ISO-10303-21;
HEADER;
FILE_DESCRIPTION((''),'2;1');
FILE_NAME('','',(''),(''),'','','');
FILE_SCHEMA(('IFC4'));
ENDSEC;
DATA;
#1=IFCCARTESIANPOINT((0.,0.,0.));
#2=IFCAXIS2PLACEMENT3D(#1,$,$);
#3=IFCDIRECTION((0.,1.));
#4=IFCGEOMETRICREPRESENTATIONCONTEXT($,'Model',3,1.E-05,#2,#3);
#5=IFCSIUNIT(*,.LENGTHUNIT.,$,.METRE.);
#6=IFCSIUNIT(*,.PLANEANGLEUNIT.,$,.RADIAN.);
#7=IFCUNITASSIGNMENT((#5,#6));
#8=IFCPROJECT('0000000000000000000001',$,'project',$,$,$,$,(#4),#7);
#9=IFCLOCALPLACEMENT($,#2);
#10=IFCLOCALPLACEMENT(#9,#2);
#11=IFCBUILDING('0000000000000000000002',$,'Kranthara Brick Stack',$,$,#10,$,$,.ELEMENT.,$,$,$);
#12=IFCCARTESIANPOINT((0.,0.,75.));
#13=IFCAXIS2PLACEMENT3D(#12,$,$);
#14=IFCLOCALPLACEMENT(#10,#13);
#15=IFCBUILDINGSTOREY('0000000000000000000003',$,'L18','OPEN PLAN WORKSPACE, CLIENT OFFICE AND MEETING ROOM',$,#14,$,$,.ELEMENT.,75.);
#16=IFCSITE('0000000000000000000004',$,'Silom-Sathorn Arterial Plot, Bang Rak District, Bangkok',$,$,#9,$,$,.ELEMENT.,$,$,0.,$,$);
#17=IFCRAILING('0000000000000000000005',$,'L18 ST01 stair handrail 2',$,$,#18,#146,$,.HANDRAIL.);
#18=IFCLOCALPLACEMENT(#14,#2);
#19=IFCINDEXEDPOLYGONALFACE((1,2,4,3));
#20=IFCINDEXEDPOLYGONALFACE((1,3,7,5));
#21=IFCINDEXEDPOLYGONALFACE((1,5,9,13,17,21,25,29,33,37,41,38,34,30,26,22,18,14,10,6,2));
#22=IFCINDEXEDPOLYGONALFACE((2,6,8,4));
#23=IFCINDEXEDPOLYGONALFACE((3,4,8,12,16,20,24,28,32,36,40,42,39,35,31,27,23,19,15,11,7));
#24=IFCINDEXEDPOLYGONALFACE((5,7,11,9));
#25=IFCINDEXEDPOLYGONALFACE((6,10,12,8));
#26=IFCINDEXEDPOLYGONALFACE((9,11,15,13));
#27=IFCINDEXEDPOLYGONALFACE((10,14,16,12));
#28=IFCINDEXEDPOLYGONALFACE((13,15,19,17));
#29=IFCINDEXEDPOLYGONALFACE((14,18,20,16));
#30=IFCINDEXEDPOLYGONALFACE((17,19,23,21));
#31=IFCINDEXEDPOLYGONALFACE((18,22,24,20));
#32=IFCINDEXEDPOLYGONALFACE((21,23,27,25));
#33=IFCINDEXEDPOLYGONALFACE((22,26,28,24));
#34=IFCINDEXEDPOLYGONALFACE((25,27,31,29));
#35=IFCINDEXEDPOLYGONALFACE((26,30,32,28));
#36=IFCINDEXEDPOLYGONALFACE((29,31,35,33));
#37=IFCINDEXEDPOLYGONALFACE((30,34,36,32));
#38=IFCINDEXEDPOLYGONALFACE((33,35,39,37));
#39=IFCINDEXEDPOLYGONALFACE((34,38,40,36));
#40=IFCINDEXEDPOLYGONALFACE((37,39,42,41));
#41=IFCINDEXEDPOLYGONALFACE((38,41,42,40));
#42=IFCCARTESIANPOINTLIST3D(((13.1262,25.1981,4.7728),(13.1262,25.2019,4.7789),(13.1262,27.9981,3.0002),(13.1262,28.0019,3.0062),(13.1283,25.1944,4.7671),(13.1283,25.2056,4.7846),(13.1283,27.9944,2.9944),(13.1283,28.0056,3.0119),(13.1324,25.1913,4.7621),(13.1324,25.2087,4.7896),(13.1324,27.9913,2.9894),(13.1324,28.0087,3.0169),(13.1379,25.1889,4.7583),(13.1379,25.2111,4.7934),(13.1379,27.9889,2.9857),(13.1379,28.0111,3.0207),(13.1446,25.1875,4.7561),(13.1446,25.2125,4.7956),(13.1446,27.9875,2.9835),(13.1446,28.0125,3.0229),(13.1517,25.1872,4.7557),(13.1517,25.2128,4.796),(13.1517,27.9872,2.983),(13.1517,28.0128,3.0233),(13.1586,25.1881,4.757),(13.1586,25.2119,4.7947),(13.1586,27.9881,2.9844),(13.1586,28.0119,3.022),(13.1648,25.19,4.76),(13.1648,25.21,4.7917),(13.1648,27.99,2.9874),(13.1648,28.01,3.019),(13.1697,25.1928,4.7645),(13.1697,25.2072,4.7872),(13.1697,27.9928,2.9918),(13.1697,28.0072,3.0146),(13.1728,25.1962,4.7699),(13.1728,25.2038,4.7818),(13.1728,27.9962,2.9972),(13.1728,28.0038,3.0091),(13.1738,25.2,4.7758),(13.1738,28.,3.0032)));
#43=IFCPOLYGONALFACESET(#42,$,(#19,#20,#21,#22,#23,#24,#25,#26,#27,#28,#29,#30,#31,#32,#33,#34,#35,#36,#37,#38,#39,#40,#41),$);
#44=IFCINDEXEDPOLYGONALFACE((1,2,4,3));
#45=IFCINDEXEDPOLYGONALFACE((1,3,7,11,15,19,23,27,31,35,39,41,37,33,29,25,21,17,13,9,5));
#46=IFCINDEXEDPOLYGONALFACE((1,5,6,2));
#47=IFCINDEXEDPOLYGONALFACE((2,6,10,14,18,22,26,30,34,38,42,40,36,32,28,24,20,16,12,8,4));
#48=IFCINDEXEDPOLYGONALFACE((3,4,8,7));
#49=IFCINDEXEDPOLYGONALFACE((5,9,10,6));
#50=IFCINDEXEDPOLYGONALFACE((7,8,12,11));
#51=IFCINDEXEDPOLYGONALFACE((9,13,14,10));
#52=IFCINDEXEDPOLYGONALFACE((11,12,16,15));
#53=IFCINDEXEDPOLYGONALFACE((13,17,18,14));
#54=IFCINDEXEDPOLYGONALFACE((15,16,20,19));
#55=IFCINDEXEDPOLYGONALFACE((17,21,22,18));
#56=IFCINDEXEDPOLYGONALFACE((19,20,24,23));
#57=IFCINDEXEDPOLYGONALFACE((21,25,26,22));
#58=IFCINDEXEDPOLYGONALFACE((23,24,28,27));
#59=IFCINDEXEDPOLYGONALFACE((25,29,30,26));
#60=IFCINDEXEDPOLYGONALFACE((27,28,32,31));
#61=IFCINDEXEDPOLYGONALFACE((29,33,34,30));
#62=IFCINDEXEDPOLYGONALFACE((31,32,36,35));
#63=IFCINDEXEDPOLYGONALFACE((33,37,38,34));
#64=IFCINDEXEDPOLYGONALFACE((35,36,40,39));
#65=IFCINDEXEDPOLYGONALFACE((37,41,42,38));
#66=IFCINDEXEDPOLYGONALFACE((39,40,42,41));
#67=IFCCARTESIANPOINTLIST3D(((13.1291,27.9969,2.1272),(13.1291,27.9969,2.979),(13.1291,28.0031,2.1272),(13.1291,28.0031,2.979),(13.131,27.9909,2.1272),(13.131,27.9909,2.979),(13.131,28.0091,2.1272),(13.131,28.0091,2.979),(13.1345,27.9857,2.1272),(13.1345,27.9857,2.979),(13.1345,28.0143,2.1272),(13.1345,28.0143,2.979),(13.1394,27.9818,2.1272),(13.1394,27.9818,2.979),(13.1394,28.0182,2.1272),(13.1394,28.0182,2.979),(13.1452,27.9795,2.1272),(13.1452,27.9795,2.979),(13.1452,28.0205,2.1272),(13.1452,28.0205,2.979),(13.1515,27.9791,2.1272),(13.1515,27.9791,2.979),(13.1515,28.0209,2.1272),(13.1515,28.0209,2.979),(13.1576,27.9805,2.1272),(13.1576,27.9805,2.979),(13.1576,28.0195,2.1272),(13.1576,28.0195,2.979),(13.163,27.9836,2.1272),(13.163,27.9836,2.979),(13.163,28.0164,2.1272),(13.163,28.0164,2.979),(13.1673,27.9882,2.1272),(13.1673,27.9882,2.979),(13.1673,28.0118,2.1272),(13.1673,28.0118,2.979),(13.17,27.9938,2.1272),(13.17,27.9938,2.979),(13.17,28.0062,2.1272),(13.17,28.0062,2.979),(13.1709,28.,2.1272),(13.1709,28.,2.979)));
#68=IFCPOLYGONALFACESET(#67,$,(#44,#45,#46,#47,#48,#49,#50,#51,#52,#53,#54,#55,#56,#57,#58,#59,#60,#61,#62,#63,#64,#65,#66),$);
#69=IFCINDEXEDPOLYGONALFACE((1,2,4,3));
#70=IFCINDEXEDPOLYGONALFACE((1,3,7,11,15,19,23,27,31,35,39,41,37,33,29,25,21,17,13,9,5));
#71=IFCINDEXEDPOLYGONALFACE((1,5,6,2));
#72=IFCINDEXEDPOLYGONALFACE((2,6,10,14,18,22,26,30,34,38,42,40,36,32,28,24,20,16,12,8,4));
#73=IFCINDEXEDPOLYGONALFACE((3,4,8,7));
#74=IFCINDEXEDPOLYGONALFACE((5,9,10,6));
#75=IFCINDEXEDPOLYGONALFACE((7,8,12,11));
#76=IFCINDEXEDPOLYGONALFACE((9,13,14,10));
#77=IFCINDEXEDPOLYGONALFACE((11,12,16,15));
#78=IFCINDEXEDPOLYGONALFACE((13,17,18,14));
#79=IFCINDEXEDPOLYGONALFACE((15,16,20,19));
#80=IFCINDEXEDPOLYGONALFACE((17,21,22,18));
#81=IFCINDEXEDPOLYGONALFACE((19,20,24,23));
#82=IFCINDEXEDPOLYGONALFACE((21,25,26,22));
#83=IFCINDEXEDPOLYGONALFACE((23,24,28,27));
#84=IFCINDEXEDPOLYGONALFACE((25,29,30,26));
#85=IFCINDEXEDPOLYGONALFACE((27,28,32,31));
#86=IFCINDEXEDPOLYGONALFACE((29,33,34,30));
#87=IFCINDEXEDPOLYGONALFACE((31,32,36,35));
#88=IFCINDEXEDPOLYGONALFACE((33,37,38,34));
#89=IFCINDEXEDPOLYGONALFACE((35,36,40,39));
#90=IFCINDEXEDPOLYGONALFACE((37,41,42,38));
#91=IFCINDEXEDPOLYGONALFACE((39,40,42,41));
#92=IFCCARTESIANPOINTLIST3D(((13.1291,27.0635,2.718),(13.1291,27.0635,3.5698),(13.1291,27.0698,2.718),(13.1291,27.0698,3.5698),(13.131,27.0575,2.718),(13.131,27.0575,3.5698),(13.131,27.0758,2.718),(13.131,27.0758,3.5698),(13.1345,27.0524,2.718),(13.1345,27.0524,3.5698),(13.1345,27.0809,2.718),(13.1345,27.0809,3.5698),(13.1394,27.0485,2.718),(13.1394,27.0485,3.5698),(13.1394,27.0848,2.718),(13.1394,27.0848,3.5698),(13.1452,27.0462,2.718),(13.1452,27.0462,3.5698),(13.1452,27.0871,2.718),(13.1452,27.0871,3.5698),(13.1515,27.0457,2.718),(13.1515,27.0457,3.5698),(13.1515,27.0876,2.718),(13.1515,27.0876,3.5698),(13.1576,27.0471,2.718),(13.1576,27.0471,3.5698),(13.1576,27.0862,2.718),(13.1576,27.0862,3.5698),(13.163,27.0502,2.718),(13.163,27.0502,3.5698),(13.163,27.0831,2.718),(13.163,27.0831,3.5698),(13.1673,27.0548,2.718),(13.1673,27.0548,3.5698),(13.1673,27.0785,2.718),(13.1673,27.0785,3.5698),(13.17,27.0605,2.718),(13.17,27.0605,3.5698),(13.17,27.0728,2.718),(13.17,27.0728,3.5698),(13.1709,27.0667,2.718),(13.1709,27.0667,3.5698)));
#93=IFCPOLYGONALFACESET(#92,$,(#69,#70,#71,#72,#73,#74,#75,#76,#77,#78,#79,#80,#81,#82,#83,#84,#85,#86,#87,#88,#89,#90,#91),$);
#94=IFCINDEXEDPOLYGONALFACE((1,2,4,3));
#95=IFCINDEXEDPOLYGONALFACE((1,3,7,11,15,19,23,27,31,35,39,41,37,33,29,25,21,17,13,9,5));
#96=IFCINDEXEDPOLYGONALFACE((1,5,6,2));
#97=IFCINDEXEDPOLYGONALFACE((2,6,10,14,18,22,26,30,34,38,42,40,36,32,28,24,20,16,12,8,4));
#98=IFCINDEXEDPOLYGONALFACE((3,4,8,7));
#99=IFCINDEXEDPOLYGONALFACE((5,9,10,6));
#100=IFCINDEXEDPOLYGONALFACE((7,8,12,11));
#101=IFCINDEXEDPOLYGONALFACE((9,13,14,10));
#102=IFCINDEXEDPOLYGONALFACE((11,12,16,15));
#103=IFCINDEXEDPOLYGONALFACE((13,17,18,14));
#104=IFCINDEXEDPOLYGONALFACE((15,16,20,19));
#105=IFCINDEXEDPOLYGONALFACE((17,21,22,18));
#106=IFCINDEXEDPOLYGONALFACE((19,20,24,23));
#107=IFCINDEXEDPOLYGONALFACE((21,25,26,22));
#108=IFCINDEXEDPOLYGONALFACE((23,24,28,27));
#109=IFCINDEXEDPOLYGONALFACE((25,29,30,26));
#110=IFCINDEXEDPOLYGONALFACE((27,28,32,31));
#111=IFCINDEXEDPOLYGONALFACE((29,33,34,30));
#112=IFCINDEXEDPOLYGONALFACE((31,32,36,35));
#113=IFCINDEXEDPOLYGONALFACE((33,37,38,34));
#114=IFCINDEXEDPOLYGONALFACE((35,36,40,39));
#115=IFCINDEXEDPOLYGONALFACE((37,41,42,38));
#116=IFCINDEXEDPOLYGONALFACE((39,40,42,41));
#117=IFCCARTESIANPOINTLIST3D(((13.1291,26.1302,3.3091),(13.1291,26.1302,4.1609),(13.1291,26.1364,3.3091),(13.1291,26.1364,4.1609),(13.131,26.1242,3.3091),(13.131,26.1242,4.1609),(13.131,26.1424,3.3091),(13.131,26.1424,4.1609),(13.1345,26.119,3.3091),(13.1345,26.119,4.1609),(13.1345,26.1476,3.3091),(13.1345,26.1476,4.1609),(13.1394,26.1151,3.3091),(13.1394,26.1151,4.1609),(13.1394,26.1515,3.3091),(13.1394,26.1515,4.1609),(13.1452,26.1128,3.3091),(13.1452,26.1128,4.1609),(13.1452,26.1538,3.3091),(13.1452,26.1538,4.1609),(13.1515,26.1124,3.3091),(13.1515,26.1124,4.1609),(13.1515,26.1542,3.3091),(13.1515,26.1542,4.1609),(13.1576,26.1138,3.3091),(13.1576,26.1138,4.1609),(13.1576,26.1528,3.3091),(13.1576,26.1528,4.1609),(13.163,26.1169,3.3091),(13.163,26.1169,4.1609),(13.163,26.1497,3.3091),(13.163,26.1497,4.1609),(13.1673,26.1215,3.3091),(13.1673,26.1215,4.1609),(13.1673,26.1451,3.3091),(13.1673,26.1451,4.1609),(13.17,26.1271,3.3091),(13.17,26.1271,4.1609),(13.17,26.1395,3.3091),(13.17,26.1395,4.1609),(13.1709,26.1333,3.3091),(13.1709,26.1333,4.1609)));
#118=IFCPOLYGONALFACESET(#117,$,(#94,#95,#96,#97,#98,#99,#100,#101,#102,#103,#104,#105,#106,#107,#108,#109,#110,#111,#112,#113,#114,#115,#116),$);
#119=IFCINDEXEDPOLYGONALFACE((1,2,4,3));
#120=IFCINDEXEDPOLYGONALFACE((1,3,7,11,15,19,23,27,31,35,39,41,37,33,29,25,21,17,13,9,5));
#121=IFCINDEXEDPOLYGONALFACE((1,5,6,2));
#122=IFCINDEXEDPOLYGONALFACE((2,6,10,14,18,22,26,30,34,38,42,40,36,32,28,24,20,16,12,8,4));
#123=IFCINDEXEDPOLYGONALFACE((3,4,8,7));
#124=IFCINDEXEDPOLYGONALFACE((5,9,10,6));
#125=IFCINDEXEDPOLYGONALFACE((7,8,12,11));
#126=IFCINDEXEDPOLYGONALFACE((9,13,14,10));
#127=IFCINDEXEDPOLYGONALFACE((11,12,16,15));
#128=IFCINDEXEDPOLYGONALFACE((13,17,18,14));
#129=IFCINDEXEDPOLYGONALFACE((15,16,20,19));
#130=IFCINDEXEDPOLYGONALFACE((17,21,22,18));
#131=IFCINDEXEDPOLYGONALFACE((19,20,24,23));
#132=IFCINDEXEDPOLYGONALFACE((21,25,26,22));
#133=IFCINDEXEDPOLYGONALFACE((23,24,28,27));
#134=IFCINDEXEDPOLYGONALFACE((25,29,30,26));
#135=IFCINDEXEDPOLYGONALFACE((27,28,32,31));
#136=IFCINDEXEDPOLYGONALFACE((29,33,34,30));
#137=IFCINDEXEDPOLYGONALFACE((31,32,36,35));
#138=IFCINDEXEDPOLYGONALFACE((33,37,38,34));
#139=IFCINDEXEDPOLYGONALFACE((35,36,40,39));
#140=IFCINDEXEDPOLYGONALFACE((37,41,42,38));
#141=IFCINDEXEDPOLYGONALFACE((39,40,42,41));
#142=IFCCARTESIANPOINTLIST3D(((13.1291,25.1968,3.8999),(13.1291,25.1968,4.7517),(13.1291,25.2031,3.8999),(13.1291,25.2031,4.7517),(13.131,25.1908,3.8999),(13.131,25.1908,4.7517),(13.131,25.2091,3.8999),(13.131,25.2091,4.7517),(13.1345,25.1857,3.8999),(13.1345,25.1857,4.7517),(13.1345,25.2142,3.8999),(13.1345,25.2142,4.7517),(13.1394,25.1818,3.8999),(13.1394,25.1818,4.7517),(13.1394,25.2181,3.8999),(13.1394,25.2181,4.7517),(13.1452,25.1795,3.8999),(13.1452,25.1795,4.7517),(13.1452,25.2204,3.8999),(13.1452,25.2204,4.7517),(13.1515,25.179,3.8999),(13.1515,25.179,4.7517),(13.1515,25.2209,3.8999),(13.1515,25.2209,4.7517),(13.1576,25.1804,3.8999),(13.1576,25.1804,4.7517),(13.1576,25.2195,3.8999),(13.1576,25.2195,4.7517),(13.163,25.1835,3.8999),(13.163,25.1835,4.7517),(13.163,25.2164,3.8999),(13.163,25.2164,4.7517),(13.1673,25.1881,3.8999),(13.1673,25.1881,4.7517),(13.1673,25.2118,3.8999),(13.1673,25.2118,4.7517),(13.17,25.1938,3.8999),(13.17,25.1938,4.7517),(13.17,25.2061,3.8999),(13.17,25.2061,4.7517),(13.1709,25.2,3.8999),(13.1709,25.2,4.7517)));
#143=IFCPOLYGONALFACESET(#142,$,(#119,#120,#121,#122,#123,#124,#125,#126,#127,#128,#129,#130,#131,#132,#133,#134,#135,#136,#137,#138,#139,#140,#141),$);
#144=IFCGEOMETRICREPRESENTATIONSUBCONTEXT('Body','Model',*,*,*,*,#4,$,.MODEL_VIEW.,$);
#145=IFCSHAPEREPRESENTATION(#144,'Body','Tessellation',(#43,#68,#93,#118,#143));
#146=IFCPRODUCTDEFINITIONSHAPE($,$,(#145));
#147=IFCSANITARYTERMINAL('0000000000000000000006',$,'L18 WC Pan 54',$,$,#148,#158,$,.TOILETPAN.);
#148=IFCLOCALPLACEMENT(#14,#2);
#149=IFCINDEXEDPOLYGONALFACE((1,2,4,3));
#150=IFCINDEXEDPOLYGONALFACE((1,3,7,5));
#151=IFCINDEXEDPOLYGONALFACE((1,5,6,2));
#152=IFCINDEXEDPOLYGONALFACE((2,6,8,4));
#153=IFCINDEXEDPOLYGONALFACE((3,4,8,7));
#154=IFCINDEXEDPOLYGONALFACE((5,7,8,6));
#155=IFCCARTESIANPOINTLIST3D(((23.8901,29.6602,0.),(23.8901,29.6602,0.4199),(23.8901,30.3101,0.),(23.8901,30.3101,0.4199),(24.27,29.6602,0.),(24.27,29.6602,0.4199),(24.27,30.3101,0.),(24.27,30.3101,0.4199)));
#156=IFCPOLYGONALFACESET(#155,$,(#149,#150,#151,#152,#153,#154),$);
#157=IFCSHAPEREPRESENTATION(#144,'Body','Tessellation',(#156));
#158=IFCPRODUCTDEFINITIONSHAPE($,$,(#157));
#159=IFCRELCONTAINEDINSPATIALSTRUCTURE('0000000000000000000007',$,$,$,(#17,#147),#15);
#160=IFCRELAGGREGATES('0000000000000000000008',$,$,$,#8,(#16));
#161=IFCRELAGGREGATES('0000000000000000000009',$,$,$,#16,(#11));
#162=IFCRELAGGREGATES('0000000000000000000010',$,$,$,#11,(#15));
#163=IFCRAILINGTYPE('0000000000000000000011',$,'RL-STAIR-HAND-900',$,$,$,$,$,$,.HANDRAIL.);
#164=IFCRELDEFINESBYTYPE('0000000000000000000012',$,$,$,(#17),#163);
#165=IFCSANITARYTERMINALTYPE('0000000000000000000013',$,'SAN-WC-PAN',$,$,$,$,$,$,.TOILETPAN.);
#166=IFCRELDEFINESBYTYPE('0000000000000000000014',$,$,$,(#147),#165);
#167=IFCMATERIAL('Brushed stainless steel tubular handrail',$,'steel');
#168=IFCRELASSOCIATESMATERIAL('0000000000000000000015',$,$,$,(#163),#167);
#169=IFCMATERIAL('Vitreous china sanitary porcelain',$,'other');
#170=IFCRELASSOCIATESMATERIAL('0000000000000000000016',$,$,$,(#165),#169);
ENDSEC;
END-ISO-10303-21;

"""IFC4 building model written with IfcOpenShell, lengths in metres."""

from ifc_helpers import new_model, si_unit, direction, frame, origin, origin_2d, place, context, subcontext, project, spatial, rectangle, circle, extrude, material, type_object, element, save


model = new_model("IFC4")

# Units and contexts
model_context = context("Model", 3, precision=1e-05, world=origin(), true_north=direction((0.0, 1.0)))
body_context = subcontext(model_context, "Body", "Model", "MODEL_VIEW")
ifc_project = project(units=[si_unit("LENGTHUNIT", "METRE"), si_unit("PLANEANGLEUNIT", "RADIAN")], contexts=[model_context])

# Site, building, storey
site_placement = place(None, origin())
site = spatial("IfcSite", under=ifc_project, at=site_placement, Name="Silom-Sathorn Arterial Plot, Bang Rak District, Bangkok", CompositionType="ELEMENT", RefElevation=0.0)
building_placement = place(site_placement, origin())
building = spatial("IfcBuilding", under=site, at=building_placement, Name="Kranthara Brick Stack", CompositionType="ELEMENT")
storey_placement = place(building_placement, frame((0.0, 0.0, 75.0)))
storey = spatial("IfcBuildingStorey", under=building, at=storey_placement, Name="L18", Description="OPEN PLAN WORKSPACE, CLIENT OFFICE AND MEETING ROOM", CompositionType="ELEMENT", Elevation=75.0)

# Railing
ifc_material_1 = material(Name="Brushed stainless steel tubular handrail", Category="steel")
railing_type_1 = type_object("IfcRailingType", Name="RL-STAIR-HAND-900", PredefinedType="HANDRAIL", material=ifc_material_1)
railing_1_placement = place(storey_placement, frame((13.1499, 28.0, 2.1272)))
element("IfcRailing", 1, at=railing_1_placement, inside=storey, type_object=railing_type_1, Name="L18 ST01 stair handrail 2", PredefinedType="HANDRAIL", context=body_context, shape_type="SweptSolid", body=[
    extrude(circle(Radius=0.0239, at=origin_2d()), frame((0.0, 0.0, 0.876), z_axis=(0.0, -0.844909, 0.53491), x_axis=(1.0, 0.0, 0.0)), (0.0, 0.0, 1.0), 3.314),
    extrude(circle(Radius=0.021, at=origin_2d()), origin(), (0.0, 0.0, 1.0), 0.8518),
    extrude(circle(Radius=0.021, at=origin_2d()), frame((0.0, -0.9333, 0.5908)), (0.0, 0.0, 1.0), 0.8518),
    extrude(circle(Radius=0.021, at=origin_2d()), frame((0.0, -1.8667, 1.1819)), (0.0, 0.0, 1.0), 0.8518),
    extrude(circle(Radius=0.021, at=origin_2d()), frame((0.0, -2.8, 1.7727)), (0.0, 0.0, 1.0), 0.8518),
])

# Sanitary terminal
ifc_material_2 = material(Name="Vitreous china sanitary porcelain", Category="other")
sanitary_terminal_type = type_object("IfcSanitaryTerminalType", Name="SAN-WC-PAN", PredefinedType="TOILETPAN", material=ifc_material_2)
sanitary_terminal_placement = place(storey_placement, frame((24.0801, 29.9851, 0.0), z_axis=(0.0, 0.0, 1.0), x_axis=(1.0, 0.0, 0.0)))
element("IfcSanitaryTerminal", 2, at=sanitary_terminal_placement, inside=storey, type_object=sanitary_terminal_type, Name="L18 WC Pan 54", PredefinedType="TOILETPAN", context=body_context, shape_type="SweptSolid", body=[
    extrude(rectangle(XDim=0.3799, YDim=0.6499, at=origin_2d()), origin(), (0.0, 0.0, 1.0), 0.4199),
])

save(model, "model.ifc")
